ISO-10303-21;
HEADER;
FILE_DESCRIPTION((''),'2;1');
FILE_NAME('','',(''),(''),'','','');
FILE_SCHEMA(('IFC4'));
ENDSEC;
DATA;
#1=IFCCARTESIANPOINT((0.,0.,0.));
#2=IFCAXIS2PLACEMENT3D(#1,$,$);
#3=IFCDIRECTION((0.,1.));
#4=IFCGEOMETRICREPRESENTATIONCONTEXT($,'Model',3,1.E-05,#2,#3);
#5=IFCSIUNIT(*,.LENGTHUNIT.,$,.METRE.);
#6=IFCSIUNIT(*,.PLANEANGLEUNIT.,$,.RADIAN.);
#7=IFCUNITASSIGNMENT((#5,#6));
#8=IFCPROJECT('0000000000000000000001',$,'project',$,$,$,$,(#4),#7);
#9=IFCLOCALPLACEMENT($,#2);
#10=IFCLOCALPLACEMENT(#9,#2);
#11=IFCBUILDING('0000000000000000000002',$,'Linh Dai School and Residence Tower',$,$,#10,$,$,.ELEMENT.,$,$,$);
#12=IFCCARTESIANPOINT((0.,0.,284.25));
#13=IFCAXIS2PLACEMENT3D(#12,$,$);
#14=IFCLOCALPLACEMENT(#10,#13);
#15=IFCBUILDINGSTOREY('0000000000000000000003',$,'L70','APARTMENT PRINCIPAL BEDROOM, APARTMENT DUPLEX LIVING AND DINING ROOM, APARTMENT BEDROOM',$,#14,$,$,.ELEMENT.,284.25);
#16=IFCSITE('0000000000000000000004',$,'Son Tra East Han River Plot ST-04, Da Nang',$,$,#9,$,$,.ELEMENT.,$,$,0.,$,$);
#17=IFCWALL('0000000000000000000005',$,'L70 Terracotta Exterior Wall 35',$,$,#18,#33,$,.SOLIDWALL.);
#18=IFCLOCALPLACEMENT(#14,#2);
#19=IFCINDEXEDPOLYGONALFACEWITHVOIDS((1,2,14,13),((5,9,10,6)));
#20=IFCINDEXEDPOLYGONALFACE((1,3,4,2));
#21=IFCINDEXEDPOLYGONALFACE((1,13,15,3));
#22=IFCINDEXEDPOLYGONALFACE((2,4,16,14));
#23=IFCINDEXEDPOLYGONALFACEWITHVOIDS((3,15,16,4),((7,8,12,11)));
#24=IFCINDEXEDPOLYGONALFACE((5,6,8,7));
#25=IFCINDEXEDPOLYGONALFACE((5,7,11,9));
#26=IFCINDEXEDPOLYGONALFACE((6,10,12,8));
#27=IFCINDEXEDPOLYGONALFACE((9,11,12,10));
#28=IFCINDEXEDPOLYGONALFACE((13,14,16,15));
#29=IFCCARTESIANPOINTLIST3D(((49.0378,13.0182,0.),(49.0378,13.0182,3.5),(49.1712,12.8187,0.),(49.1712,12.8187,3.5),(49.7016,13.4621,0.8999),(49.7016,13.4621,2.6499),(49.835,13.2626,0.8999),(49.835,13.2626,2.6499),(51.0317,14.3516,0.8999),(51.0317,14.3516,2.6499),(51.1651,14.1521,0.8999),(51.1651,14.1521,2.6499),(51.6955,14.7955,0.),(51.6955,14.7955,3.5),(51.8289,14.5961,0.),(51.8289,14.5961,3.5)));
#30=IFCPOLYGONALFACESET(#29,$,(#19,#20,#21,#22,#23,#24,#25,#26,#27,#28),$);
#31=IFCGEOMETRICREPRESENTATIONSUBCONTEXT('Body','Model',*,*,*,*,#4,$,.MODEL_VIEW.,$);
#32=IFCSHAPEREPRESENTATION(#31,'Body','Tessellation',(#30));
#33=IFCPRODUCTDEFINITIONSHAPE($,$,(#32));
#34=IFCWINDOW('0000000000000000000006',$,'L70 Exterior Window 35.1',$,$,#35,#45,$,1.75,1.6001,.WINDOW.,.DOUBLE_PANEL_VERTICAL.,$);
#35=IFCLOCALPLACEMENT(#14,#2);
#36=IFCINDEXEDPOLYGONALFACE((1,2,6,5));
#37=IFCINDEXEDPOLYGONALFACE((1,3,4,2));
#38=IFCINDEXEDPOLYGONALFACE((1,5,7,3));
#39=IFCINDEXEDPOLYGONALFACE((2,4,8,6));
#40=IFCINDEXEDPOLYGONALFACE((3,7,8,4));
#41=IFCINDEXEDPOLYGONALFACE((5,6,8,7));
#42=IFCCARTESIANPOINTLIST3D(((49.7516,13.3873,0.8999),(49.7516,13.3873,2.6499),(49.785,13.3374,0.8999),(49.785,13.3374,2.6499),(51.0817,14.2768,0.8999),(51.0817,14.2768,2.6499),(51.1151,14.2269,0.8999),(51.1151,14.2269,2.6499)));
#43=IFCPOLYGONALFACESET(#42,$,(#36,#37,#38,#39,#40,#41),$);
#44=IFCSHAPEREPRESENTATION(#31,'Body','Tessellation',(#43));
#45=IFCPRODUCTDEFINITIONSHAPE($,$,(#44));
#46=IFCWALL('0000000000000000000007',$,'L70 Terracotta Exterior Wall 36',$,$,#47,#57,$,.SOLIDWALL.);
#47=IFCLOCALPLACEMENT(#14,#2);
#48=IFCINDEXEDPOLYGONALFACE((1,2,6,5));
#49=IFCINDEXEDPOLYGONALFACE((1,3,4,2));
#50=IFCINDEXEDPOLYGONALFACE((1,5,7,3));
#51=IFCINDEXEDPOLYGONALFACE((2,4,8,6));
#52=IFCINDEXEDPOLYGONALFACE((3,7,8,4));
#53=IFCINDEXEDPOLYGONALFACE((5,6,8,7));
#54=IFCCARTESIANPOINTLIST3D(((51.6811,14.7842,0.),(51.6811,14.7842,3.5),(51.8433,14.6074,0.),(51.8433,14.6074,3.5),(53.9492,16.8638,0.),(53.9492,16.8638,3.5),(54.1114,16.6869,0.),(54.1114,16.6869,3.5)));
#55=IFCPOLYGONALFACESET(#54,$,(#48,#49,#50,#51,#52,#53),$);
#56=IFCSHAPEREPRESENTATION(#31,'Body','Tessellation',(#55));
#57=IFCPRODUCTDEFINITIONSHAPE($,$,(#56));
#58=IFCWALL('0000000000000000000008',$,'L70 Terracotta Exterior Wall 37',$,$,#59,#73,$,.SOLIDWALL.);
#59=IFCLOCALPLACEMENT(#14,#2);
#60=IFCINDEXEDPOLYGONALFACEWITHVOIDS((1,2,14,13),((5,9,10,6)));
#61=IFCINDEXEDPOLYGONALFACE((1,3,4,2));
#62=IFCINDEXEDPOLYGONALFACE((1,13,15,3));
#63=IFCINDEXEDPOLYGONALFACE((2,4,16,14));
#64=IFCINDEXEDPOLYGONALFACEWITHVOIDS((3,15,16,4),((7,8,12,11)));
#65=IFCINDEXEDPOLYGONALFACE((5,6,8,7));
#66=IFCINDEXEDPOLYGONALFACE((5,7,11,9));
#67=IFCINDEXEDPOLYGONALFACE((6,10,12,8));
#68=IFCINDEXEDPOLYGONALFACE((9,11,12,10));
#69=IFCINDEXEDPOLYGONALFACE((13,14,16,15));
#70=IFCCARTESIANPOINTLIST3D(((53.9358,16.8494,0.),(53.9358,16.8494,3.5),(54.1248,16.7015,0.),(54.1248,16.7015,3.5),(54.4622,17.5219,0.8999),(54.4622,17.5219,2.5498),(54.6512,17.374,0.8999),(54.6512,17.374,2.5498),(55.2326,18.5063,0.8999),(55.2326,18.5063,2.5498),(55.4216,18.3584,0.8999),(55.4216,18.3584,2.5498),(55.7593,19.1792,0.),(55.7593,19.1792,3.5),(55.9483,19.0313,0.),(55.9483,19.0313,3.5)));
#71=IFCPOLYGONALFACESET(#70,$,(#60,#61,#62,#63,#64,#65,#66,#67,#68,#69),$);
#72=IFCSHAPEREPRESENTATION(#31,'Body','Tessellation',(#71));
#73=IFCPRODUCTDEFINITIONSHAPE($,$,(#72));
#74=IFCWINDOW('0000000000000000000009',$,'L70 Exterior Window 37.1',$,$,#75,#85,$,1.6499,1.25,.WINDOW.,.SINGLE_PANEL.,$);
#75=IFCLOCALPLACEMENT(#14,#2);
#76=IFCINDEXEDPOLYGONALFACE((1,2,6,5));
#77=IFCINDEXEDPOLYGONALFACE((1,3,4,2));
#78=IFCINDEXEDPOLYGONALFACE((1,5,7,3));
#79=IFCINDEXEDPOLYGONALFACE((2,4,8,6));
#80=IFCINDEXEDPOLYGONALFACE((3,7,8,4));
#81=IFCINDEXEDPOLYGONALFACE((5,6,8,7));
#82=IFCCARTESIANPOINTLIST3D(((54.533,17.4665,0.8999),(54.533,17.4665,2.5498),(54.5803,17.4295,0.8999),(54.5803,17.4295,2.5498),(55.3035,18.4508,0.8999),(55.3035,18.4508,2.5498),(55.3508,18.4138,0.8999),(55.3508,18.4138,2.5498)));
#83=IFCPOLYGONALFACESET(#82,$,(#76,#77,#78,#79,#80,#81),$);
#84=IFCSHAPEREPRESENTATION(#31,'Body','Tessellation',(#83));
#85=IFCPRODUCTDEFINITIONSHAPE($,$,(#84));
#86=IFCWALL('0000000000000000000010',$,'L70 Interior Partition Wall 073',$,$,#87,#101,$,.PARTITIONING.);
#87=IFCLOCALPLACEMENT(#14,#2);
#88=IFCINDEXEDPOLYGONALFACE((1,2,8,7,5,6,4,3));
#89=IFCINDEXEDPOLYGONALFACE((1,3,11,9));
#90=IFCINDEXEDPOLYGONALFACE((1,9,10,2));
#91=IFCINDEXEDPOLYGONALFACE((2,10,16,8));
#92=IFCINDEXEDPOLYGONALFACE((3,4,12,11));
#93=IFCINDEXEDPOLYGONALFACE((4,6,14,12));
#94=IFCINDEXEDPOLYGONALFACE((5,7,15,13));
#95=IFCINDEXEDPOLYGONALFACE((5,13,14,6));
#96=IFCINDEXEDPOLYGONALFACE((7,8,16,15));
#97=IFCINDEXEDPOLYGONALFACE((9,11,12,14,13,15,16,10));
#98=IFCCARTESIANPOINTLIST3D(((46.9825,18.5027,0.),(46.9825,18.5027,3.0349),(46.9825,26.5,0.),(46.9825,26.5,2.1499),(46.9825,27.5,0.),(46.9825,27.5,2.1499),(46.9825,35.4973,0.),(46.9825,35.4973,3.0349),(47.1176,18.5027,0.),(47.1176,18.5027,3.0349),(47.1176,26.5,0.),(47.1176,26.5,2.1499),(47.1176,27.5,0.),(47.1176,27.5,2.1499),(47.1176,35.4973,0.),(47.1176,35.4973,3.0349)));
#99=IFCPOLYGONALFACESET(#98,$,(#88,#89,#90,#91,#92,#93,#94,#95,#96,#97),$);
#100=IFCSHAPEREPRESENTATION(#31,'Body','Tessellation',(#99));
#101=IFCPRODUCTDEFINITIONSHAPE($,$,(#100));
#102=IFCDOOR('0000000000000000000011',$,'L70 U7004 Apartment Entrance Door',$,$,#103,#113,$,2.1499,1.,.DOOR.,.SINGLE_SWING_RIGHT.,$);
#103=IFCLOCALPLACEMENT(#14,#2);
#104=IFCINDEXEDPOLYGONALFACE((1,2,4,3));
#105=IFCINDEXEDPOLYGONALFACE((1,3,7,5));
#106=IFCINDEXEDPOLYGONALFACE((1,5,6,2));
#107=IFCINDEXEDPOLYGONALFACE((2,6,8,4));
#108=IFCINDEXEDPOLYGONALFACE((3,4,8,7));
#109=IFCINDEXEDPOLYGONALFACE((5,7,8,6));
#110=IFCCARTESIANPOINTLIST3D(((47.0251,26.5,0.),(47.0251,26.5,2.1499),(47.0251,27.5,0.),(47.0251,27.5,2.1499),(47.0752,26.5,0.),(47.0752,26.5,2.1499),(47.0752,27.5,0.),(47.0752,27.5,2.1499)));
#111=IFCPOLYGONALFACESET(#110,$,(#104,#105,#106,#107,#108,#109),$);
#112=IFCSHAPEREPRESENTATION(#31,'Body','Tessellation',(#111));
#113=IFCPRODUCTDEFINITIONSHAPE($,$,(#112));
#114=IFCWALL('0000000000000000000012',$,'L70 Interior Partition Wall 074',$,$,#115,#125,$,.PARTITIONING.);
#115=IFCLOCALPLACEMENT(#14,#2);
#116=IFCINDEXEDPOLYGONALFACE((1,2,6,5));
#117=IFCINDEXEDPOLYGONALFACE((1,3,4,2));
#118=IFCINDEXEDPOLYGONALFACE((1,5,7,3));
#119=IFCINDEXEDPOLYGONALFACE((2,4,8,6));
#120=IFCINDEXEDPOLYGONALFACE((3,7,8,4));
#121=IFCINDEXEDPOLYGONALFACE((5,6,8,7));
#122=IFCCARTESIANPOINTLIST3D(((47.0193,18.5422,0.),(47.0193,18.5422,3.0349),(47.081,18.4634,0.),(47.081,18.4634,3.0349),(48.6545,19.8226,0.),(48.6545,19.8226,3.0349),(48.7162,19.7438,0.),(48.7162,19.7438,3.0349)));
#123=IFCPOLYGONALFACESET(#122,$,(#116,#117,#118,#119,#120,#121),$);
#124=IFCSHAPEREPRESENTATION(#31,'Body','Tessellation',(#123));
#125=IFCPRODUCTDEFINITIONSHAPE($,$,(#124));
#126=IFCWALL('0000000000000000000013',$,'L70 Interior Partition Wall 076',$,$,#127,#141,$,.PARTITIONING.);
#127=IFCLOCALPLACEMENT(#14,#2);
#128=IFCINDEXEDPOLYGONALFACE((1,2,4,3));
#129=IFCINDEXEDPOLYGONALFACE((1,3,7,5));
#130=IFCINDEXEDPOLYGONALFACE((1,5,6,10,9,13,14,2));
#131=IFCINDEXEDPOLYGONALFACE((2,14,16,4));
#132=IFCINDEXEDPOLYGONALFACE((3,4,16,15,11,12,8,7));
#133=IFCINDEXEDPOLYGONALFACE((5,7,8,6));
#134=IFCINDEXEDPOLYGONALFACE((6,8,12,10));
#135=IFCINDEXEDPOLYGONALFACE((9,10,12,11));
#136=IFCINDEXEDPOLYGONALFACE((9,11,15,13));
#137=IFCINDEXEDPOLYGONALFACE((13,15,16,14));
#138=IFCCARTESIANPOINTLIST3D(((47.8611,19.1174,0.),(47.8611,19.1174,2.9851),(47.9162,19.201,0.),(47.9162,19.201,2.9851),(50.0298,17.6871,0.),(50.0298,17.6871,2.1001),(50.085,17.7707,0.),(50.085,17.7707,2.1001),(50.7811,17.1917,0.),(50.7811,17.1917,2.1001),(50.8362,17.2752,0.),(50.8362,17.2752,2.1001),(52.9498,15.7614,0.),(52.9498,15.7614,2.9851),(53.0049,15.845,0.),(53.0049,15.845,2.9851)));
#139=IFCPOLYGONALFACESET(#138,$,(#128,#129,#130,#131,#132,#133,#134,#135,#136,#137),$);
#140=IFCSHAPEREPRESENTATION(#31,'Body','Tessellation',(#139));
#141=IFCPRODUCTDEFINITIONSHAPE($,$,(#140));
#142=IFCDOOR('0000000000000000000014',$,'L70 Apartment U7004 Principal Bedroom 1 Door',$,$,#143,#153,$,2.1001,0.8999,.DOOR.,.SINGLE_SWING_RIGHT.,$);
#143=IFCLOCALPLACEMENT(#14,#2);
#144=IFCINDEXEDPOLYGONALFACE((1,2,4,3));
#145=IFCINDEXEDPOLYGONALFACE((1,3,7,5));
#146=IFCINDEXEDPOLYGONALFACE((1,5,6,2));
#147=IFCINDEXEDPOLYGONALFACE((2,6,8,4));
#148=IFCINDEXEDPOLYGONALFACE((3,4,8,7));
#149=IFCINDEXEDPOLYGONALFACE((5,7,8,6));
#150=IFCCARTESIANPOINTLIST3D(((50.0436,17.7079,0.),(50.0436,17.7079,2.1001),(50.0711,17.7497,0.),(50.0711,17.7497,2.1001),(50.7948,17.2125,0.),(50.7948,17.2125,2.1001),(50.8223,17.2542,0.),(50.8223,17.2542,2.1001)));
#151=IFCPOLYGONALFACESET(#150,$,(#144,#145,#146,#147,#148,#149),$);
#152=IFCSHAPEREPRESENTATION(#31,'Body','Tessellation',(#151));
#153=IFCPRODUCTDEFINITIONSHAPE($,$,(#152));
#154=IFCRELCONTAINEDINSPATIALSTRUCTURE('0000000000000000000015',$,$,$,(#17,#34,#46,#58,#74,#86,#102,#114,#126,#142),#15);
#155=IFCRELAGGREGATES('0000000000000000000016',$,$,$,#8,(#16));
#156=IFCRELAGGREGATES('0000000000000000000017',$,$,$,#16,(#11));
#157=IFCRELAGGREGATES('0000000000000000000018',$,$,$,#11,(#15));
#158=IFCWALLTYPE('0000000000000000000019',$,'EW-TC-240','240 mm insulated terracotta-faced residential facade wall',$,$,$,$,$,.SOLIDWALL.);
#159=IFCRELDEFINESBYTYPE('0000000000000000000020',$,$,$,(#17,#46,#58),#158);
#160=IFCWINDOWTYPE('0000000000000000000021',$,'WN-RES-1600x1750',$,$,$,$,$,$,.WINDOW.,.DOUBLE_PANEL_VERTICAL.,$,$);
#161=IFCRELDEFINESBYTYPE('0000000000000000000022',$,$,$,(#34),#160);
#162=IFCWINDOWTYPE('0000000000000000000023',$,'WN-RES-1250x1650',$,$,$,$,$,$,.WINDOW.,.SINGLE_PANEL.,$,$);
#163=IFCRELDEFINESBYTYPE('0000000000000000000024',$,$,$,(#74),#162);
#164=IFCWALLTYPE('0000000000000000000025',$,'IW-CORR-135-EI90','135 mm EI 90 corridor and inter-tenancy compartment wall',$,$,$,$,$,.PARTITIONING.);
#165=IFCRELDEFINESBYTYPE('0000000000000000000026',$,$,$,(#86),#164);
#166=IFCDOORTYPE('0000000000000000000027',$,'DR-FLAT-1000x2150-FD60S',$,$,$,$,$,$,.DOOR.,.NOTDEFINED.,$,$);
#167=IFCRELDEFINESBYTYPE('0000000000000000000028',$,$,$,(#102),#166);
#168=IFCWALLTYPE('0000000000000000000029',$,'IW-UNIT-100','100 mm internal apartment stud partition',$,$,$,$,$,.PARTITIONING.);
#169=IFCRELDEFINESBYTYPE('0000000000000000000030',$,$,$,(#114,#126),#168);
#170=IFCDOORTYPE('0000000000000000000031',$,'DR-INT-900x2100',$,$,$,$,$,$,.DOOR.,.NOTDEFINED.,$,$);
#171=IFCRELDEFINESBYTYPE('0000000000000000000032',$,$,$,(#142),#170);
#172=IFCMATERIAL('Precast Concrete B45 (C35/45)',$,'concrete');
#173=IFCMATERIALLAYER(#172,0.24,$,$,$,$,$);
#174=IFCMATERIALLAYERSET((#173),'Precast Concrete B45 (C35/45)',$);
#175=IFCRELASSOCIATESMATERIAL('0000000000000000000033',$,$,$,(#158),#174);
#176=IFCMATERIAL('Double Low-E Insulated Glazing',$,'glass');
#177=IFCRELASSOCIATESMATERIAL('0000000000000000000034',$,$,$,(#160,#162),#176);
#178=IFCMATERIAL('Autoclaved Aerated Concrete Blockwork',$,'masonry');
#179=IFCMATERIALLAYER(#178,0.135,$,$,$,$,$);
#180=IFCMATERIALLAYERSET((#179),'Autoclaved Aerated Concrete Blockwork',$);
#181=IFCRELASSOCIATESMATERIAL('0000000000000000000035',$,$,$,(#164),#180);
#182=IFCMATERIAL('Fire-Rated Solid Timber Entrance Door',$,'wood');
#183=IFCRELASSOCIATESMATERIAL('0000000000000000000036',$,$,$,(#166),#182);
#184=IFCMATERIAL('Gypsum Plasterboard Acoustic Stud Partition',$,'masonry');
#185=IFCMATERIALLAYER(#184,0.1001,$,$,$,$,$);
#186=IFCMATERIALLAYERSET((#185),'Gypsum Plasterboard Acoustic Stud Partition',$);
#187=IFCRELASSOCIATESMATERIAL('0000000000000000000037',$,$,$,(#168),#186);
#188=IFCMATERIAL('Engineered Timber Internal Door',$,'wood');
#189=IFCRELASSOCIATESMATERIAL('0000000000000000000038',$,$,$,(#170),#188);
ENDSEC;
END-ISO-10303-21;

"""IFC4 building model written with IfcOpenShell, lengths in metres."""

from ifc_helpers import new_model, si_unit, direction, frame, frame_2d, origin, origin_2d, place, context, subcontext, project, spatial, rectangle, extrude, source, transform, mapped, material, layer, layer_set, type_object, element, fill, save


model = new_model("IFC4")

# Units and contexts
model_context = context("Model", 3, precision=1e-05, world=origin(), true_north=direction((0.0, 1.0)))
body_context = subcontext(model_context, "Body", "Model", "MODEL_VIEW")
ifc_project = project(units=[si_unit("LENGTHUNIT", "METRE"), si_unit("PLANEANGLEUNIT", "RADIAN")], contexts=[model_context])

# Site, building, storey
site_placement = place(None, origin())
site = spatial("IfcSite", under=ifc_project, at=site_placement, Name="Son Tra East Han River Plot ST-04, Da Nang", CompositionType="ELEMENT", RefElevation=0.0)
building_placement = place(site_placement, origin())
building = spatial("IfcBuilding", under=site, at=building_placement, Name="Linh Dai School and Residence Tower", CompositionType="ELEMENT")
storey_placement = place(building_placement, frame((0.0, 0.0, 284.25)))
storey = spatial("IfcBuildingStorey", under=building, at=storey_placement, Name="L70", Description="APARTMENT PRINCIPAL BEDROOM, APARTMENT DUPLEX LIVING AND DINING ROOM, APARTMENT BEDROOM", CompositionType="ELEMENT", Elevation=284.25)

# Shared definitions
ifc_material_1 = material(Name="Precast Concrete B45 (C35/45)", Category="concrete")

# Shared definitions
ifc_layer_1 = layer(ifc_material_1, 0.24)
ifc_layer_set_1 = layer_set([ifc_layer_1], Name="Precast Concrete B45 (C35/45)")
wall_type_1 = type_object("IfcWallType", Name="EW-TC-240", Description="240 mm insulated terracotta-faced residential facade wall", PredefinedType="SOLIDWALL", material=ifc_layer_set_1)

# Wall, opening, window
ifc_material_2 = material(Name="Double Low-E Insulated Glazing", Category="glass")
window_type_1 = type_object("IfcWindowType", Name="WN-RES-1600x1750", PartitioningType="DOUBLE_PANEL_VERTICAL", PredefinedType="WINDOW", material=ifc_material_2)
shared_shape_1 = source(origin(), body_context, "Body", "SweptSolid", [
    extrude(rectangle(XDim=1.6001, YDim=1.75, at=origin_2d()), frame((0.8, 0.03, 0.875), z_axis=(0.0, -1.0, 0.0), x_axis=(1.0, 0.0, 0.0)), (0.0, 0.0, 1.0), 0.0601),
])
wall_1_placement = place(storey_placement, frame((51.7622, 14.6958, 0.0), z_axis=(0.0, 0.0, 1.0), x_axis=(-0.831251, -0.555898, 0.0)))
wall_1 = element("IfcWall", 1, at=wall_1_placement, inside=storey, type_object=wall_type_1, Name="L70 Terracotta Exterior Wall 35", PredefinedType="SOLIDWALL", context=body_context, shape_type="SweptSolid", body=[
    extrude(rectangle(XDim=3.1973, YDim=0.24, at=frame_2d((1.5986, 0.0))), origin(), (0.0, 0.0, 1.0), 3.5),
])
opening_1_placement = place(wall_1_placement, frame((0.7986, 0.0, 0.8999)))
opening_1 = element("IfcOpeningElement", 2, at=opening_1_placement, cuts=wall_1, PredefinedType="OPENING", context=body_context, shape_type="SweptSolid", body=[
    extrude(rectangle(XDim=1.6001, YDim=1.75, at=origin_2d()), frame((0.8, 0.1299, 0.875), z_axis=(0.0, -1.0, 0.0), x_axis=(1.0, 0.0, 0.0)), (0.0, 0.0, 1.0), 0.26),
])
window_1_placement = place(opening_1_placement, origin())
window_1 = element("IfcWindow", 3, at=window_1_placement, inside=storey, type_object=window_type_1, Name="L70 Exterior Window 35.1", OverallHeight=1.75, OverallWidth=1.6001, PartitioningType="DOUBLE_PANEL_VERTICAL", PredefinedType="WINDOW", context=body_context, shape_type="MappedRepresentation", body=[
    mapped(shared_shape_1, transform((0.0, 0.0, 0.0), x_axis=(1.0, 0.0, 0.0), y_axis=(0.0, 1.0, 0.0), z_axis=(0.0, 0.0, 1.0), scale=1.0)),
])
fill(opening_1, window_1)

# Wall
wall_2_placement = place(storey_placement, frame((54.0303, 16.7754, 0.0), z_axis=(0.0, 0.0, 1.0), x_axis=(-0.737069, -0.675818, 0.0)))
element("IfcWall", 4, at=wall_2_placement, inside=storey, type_object=wall_type_1, Name="L70 Terracotta Exterior Wall 36", PredefinedType="SOLIDWALL", context=body_context, shape_type="SweptSolid", body=[
    extrude(rectangle(XDim=3.0771, YDim=0.24, at=frame_2d((1.5386, 0.0))), origin(), (0.0, 0.0, 1.0), 3.5),
])

# Wall, opening, window
wall_3_placement = place(storey_placement, frame((55.8538, 19.1052, 0.0), z_axis=(0.0, 0.0, 1.0), x_axis=(-0.616337, -0.787482, 0.0)))
wall_3 = element("IfcWall", 5, at=wall_3_placement, inside=storey, type_object=wall_type_1, Name="L70 Terracotta Exterior Wall 37", PredefinedType="SOLIDWALL", context=body_context, shape_type="SweptSolid", body=[
    extrude(rectangle(XDim=2.9585, YDim=0.24, at=frame_2d((1.4792, 0.0))), origin(), (0.0, 0.0, 1.0), 3.5),
])
opening_2_placement = place(wall_3_placement, frame((0.8545, 0.0, 0.8999)))
opening_2 = element("IfcOpeningElement", 6, at=opening_2_placement, cuts=wall_3, PredefinedType="OPENING", context=body_context, shape_type="SweptSolid", body=[
    extrude(rectangle(XDim=1.25, YDim=1.6499, at=origin_2d()), frame((0.625, 0.1299, 0.825), z_axis=(0.0, -1.0, 0.0), x_axis=(1.0, 0.0, 0.0)), (0.0, 0.0, 1.0), 0.26),
])
window_type_2 = type_object("IfcWindowType", Name="WN-RES-1250x1650", PartitioningType="SINGLE_PANEL", PredefinedType="WINDOW", material=ifc_material_2)
shared_shape_2 = source(origin(), body_context, "Body", "SweptSolid", [
    extrude(rectangle(XDim=1.25, YDim=1.6499, at=origin_2d()), frame((0.625, 0.03, 0.825), z_axis=(0.0, -1.0, 0.0), x_axis=(1.0, 0.0, 0.0)), (0.0, 0.0, 1.0), 0.0601),
])
window_2_placement = place(opening_2_placement, origin())
window_2 = element("IfcWindow", 7, at=window_2_placement, inside=storey, type_object=window_type_2, Name="L70 Exterior Window 37.1", OverallHeight=1.6499, OverallWidth=1.25, PartitioningType="SINGLE_PANEL", PredefinedType="WINDOW", context=body_context, shape_type="MappedRepresentation", body=[
    mapped(shared_shape_2, transform((0.0, 0.0, 0.0), x_axis=(1.0, 0.0, 0.0), y_axis=(0.0, 1.0, 0.0), z_axis=(0.0, 0.0, 1.0), scale=1.0)),
])
fill(opening_2, window_2)

# Wall, opening, door
ifc_material_3 = material(Name="Autoclaved Aerated Concrete Blockwork", Category="masonry")
ifc_layer_2 = layer(ifc_material_3, 0.135)
ifc_layer_set_2 = layer_set([ifc_layer_2], Name="Autoclaved Aerated Concrete Blockwork")
wall_type_2 = type_object("IfcWallType", Name="IW-CORR-135-EI90", Description="135 mm EI 90 corridor and inter-tenancy compartment wall", PredefinedType="PARTITIONING", material=ifc_layer_set_2)
wall_4_placement = place(storey_placement, frame((47.05, 18.5027, 0.0), z_axis=(0.0, 0.0, 1.0), x_axis=(0.0, 1.0, 0.0)))
wall_4 = element("IfcWall", 8, at=wall_4_placement, inside=storey, type_object=wall_type_2, Name="L70 Interior Partition Wall 073", PredefinedType="PARTITIONING", context=body_context, shape_type="SweptSolid", body=[
    extrude(rectangle(XDim=16.9946, YDim=0.135, at=frame_2d((8.4973, 0.0))), origin(), (0.0, 0.0, 1.0), 3.0349),
])
opening_3_placement = place(wall_4_placement, frame((7.9973, 0.0, 0.0)))
opening_3 = element("IfcOpeningElement", 9, at=opening_3_placement, cuts=wall_4, PredefinedType="OPENING", context=body_context, shape_type="SweptSolid", body=[
    extrude(rectangle(XDim=1.0, YDim=2.1499, at=origin_2d()), frame((0.5, 0.0776, 1.075), z_axis=(0.0, -1.0, 0.0), x_axis=(1.0, 0.0, 0.0)), (0.0, 0.0, 1.0), 0.155),
])
ifc_material_4 = material(Name="Fire-Rated Solid Timber Entrance Door", Category="wood")
door_type_1 = type_object("IfcDoorType", Name="DR-FLAT-1000x2150-FD60S", OperationType="NOTDEFINED", PredefinedType="DOOR", material=ifc_material_4)
shared_shape_3 = source(origin(), body_context, "Body", "SweptSolid", [
    extrude(rectangle(XDim=1.0, YDim=2.1499, at=origin_2d()), frame((0.5, 0.0249, 1.075), z_axis=(0.0, -1.0, 0.0), x_axis=(1.0, 0.0, 0.0)), (0.0, 0.0, 1.0), 0.05),
])
door_1_placement = place(opening_3_placement, origin())
door_1 = element("IfcDoor", 10, at=door_1_placement, inside=storey, type_object=door_type_1, Name="L70 U7004 Apartment Entrance Door", OperationType="SINGLE_SWING_RIGHT", OverallHeight=2.1499, OverallWidth=1.0, PredefinedType="DOOR", context=body_context, shape_type="MappedRepresentation", body=[
    mapped(shared_shape_3, transform((0.0, 0.0, 0.0), x_axis=(1.0, 0.0, 0.0), y_axis=(0.0, 1.0, 0.0), z_axis=(0.0, 0.0, 1.0), scale=1.0)),
])
fill(opening_3, door_1)

# Wall
ifc_material_5 = material(Name="Gypsum Plasterboard Acoustic Stud Partition", Category="masonry")
ifc_layer_3 = layer(ifc_material_5, 0.1001)
ifc_layer_set_3 = layer_set([ifc_layer_3], Name="Gypsum Plasterboard Acoustic Stud Partition")
wall_type_3 = type_object("IfcWallType", Name="IW-UNIT-100", Description="100 mm internal apartment stud partition", PredefinedType="PARTITIONING", material=ifc_layer_set_3)
wall_5_placement = place(storey_placement, frame((47.05, 18.5027, 0.0), z_axis=(0.0, 0.0, 1.0), x_axis=(0.787329, 0.616533, 0.0)))
element("IfcWall", 11, at=wall_5_placement, inside=storey, type_object=wall_type_3, Name="L70 Interior Partition Wall 074", PredefinedType="PARTITIONING", context=body_context, shape_type="SweptSolid", body=[
    extrude(rectangle(XDim=2.0769, YDim=0.1001, at=frame_2d((1.0386, 0.0))), origin(), (0.0, 0.0, 1.0), 3.0349),
])

# Wall, opening, door
wall_6_placement = place(storey_placement, frame((47.8887, 19.1592, 0.0), z_axis=(0.0, 0.0, 1.0), x_axis=(0.8348, -0.550553, 0.0)))
wall_6 = element("IfcWall", 12, at=wall_6_placement, inside=storey, type_object=wall_type_3, Name="L70 Interior Partition Wall 076", PredefinedType="PARTITIONING", context=body_context, shape_type="SweptSolid", body=[
    extrude(rectangle(XDim=6.0957, YDim=0.1001, at=frame_2d((3.0479, 0.0))), origin(), (0.0, 0.0, 1.0), 2.9851),
])
opening_4_placement = place(wall_6_placement, frame((2.5979, 0.0, 0.0)))
opening_4 = element("IfcOpeningElement", 13, at=opening_4_placement, cuts=wall_6, PredefinedType="OPENING", context=body_context, shape_type="SweptSolid", body=[
    extrude(rectangle(XDim=0.8999, YDim=2.1001, at=origin_2d()), frame((0.45, 0.0601, 1.05), z_axis=(0.0, -1.0, 0.0), x_axis=(1.0, 0.0, 0.0)), (0.0, 0.0, 1.0), 0.1201),
])
ifc_material_6 = material(Name="Engineered Timber Internal Door", Category="wood")
door_type_2 = type_object("IfcDoorType", Name="DR-INT-900x2100", OperationType="NOTDEFINED", PredefinedType="DOOR", material=ifc_material_6)
shared_shape_4 = source(origin(), body_context, "Body", "SweptSolid", [
    extrude(rectangle(XDim=0.8999, YDim=2.1001, at=origin_2d()), frame((0.45, 0.0249, 1.05), z_axis=(0.0, -1.0, 0.0), x_axis=(1.0, 0.0, 0.0)), (0.0, 0.0, 1.0), 0.05),
])
door_2_placement = place(opening_4_placement, origin())
door_2 = element("IfcDoor", 14, at=door_2_placement, inside=storey, type_object=door_type_2, Name="L70 Apartment U7004 Principal Bedroom 1 Door", OperationType="SINGLE_SWING_RIGHT", OverallHeight=2.1001, OverallWidth=0.8999, PredefinedType="DOOR", context=body_context, shape_type="MappedRepresentation", body=[
    mapped(shared_shape_4, transform((0.0, 0.0, 0.0), x_axis=(1.0, 0.0, 0.0), y_axis=(0.0, 1.0, 0.0), z_axis=(0.0, 0.0, 1.0), scale=1.0)),
])
fill(opening_4, door_2)

save(model, "model.ifc")
